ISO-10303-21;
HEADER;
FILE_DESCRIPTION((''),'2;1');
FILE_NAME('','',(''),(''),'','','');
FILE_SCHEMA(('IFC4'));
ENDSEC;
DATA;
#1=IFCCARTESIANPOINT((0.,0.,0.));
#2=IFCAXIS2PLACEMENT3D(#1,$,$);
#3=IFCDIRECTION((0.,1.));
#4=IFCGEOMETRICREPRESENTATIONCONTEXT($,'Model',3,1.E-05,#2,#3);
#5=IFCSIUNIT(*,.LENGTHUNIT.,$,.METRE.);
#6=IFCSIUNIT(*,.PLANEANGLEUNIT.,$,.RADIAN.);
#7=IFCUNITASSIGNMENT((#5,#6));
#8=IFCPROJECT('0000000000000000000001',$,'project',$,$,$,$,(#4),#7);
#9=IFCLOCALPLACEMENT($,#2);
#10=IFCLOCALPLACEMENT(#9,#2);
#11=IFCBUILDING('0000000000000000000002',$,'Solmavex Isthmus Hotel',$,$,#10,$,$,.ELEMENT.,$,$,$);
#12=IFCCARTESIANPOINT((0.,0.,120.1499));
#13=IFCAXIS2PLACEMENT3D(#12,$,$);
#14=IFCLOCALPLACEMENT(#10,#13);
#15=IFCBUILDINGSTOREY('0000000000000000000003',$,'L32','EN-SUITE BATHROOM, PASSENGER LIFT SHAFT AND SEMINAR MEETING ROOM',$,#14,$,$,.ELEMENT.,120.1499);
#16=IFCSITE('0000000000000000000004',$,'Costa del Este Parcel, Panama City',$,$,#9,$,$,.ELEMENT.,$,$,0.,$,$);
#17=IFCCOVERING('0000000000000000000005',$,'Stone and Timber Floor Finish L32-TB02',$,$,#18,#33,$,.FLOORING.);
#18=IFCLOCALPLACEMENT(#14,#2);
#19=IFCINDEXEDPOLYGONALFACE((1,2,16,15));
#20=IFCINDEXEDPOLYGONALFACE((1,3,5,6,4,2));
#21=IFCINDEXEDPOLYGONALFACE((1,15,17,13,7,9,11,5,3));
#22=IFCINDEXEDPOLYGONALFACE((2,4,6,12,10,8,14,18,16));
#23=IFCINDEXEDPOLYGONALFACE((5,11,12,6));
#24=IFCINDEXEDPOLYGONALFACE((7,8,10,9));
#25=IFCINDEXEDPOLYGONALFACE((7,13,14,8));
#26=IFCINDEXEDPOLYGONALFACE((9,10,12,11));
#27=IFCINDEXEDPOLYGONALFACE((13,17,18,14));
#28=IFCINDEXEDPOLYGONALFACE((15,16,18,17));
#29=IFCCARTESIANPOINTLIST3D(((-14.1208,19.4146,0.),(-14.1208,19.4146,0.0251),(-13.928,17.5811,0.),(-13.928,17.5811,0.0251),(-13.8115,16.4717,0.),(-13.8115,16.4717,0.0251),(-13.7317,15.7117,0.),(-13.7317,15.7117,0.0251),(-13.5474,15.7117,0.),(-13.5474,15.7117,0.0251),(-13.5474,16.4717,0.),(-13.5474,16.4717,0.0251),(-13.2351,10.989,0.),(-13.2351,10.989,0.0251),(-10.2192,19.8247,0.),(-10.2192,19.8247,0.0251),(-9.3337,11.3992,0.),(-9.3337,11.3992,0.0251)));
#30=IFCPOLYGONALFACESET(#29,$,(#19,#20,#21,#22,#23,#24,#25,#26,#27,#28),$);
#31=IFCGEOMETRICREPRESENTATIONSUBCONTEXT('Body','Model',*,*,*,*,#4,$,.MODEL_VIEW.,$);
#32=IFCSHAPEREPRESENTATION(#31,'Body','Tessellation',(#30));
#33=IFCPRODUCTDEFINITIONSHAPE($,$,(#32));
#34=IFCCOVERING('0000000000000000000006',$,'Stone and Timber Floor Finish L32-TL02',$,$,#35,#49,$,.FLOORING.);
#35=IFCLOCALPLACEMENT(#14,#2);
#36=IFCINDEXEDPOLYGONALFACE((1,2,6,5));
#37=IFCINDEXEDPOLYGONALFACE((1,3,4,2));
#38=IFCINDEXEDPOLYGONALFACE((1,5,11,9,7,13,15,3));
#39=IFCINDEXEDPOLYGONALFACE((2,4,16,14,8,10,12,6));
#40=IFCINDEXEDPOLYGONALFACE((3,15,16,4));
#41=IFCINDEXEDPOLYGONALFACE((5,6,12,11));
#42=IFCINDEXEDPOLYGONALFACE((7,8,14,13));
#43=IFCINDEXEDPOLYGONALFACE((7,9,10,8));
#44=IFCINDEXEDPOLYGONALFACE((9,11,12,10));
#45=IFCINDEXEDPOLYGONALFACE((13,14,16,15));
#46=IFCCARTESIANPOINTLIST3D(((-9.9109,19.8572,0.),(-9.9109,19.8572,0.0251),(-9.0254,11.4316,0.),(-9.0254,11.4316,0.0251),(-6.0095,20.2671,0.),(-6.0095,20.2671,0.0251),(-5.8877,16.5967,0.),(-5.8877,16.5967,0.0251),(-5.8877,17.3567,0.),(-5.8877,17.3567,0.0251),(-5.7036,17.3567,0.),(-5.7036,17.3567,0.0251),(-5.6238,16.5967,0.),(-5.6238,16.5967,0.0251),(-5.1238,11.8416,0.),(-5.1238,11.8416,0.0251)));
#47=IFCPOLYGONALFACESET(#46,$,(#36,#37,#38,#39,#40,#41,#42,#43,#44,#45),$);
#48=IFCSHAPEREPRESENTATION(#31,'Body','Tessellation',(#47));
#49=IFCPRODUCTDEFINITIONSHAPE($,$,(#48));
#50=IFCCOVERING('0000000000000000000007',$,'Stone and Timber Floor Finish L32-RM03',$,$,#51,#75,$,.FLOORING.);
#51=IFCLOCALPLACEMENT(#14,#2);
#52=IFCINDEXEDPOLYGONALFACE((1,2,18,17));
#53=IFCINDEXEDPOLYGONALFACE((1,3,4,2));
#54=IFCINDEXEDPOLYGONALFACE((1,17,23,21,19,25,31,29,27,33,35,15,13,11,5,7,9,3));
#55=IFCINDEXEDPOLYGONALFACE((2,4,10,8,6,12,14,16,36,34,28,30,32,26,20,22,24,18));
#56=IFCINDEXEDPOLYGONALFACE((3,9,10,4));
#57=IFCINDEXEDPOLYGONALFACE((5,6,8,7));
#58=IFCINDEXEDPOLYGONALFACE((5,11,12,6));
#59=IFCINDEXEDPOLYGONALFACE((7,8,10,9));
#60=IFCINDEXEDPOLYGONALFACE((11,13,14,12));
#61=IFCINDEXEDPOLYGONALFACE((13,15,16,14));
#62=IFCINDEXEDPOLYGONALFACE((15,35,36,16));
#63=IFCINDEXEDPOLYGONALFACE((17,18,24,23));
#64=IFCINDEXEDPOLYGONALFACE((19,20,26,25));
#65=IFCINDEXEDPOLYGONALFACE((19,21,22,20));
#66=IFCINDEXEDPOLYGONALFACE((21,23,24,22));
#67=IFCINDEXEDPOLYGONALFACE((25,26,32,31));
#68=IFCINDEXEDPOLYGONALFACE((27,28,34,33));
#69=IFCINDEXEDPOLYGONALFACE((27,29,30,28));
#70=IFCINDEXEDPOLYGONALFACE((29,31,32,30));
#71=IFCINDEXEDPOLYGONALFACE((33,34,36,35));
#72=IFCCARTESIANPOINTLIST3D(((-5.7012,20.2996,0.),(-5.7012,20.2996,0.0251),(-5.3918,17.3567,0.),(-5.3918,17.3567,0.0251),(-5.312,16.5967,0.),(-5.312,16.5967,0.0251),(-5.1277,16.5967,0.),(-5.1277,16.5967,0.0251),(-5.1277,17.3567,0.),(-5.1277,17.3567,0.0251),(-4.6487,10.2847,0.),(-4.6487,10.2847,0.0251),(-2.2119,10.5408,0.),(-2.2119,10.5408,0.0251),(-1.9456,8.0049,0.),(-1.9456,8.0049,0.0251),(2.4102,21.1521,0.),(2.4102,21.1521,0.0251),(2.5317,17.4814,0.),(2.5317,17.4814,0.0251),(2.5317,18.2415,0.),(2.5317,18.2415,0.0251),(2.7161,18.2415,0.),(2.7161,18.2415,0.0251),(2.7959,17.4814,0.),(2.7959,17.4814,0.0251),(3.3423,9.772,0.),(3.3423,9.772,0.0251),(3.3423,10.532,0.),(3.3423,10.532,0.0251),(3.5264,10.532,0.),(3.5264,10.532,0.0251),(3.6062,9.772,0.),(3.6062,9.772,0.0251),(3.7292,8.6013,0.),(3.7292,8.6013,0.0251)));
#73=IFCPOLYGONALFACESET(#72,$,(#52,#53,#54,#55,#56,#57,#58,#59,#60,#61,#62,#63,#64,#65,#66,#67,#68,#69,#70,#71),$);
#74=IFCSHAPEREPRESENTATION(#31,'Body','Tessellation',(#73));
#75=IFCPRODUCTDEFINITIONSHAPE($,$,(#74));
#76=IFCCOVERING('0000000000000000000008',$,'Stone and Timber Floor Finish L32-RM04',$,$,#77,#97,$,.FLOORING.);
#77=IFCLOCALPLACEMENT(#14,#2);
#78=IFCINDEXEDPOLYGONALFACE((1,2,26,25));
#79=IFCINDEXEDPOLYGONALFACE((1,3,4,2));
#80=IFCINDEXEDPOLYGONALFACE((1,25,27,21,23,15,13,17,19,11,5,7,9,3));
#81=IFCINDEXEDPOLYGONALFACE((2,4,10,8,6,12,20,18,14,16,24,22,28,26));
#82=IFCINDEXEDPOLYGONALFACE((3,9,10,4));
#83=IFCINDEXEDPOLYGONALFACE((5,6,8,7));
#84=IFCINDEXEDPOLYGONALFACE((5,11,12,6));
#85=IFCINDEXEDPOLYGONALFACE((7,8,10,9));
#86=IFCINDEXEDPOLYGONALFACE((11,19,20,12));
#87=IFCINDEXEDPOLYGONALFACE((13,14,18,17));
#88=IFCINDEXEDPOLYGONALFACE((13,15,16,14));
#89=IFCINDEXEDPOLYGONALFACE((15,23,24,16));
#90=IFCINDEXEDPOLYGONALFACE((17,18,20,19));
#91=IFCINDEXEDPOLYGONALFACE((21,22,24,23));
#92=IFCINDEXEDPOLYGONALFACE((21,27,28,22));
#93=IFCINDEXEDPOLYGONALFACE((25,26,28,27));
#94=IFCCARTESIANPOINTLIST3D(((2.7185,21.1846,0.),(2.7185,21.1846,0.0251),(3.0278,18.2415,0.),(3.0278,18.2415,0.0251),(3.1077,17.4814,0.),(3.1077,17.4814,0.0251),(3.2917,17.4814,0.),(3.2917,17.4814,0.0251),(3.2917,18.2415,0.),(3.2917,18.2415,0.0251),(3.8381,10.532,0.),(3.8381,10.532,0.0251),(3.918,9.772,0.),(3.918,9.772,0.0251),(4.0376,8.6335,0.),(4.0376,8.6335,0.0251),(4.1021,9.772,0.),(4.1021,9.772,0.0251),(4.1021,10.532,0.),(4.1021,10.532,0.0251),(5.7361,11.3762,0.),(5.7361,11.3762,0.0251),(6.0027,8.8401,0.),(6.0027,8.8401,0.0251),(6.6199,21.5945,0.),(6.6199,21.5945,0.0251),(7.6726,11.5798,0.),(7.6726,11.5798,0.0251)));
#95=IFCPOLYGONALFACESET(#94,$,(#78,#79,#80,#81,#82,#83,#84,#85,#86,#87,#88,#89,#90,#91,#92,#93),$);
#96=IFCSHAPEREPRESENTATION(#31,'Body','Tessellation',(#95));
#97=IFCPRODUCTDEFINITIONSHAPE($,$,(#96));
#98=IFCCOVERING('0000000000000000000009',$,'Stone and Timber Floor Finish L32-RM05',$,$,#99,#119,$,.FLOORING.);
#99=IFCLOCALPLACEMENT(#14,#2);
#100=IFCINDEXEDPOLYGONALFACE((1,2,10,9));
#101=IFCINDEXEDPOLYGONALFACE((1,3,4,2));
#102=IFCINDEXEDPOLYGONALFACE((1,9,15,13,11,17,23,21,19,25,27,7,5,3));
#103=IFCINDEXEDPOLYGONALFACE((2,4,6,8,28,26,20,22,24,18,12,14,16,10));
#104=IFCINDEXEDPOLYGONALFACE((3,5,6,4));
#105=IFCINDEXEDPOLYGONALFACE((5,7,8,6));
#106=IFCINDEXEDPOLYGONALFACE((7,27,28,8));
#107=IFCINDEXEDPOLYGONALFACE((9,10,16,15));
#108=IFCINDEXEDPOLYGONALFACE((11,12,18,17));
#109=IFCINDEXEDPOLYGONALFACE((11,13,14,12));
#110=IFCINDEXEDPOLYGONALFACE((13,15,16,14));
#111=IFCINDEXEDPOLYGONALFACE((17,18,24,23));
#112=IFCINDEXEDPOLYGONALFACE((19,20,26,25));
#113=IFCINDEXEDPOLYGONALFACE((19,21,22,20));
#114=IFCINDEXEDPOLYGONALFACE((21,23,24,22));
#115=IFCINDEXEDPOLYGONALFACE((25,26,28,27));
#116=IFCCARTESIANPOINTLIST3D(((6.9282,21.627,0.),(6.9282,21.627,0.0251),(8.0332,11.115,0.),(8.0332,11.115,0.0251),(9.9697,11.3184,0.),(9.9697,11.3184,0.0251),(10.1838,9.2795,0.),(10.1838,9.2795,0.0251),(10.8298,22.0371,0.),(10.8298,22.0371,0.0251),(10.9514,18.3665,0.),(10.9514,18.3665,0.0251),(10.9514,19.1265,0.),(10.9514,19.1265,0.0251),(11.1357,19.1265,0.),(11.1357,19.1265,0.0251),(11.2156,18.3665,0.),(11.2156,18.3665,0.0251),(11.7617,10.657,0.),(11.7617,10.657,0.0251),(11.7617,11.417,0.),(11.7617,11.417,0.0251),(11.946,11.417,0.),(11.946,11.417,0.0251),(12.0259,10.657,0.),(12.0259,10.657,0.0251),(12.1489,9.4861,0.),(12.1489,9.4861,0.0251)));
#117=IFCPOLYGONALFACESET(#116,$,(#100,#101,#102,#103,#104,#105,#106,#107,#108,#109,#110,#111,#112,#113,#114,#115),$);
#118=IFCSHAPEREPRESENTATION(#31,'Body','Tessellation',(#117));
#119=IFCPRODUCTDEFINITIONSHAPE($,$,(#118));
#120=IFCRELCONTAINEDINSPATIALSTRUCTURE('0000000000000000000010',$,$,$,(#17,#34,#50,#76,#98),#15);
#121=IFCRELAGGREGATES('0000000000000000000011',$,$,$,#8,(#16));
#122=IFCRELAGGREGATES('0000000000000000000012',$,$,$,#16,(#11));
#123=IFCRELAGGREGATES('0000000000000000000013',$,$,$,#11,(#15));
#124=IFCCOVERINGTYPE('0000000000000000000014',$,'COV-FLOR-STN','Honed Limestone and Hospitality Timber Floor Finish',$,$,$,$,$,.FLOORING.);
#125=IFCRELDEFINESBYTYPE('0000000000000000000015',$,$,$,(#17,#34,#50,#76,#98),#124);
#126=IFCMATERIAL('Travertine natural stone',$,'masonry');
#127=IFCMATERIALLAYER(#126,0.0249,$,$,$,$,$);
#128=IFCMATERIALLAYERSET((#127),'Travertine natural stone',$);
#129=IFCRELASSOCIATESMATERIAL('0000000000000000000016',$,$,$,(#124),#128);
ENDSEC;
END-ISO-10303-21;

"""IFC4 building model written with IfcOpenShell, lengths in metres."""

from ifc_helpers import new_model, si_unit, direction, frame, origin, place, context, subcontext, project, spatial, polyline, outline, extrude, material, layer, layer_set, type_object, element, save


model = new_model("IFC4")

# Units and contexts
model_context = context("Model", 3, precision=1e-05, world=origin(), true_north=direction((0.0, 1.0)))
body_context = subcontext(model_context, "Body", "Model", "MODEL_VIEW")
ifc_project = project(units=[si_unit("LENGTHUNIT", "METRE"), si_unit("PLANEANGLEUNIT", "RADIAN")], contexts=[model_context])

# Site, building, storey
site_placement = place(None, origin())
site = spatial("IfcSite", under=ifc_project, at=site_placement, Name="Costa del Este Parcel, Panama City", CompositionType="ELEMENT", RefElevation=0.0)
building_placement = place(site_placement, origin())
building = spatial("IfcBuilding", under=site, at=building_placement, Name="Solmavex Isthmus Hotel", CompositionType="ELEMENT")
storey_placement = place(building_placement, frame((0.0, 0.0, 120.1499)))
storey = spatial("IfcBuildingStorey", under=building, at=storey_placement, Name="L32", Description="EN-SUITE BATHROOM, PASSENGER LIFT SHAFT AND SEMINAR MEETING ROOM", CompositionType="ELEMENT", Elevation=120.1499)

# Coverings
ifc_material_1 = material(Name="Travertine natural stone", Category="masonry")
ifc_layer_1 = layer(ifc_material_1, 0.0249)
ifc_layer_set_1 = layer_set([ifc_layer_1], Name="Travertine natural stone")
covering_type_1 = type_object("IfcCoveringType", Name="COV-FLOR-STN", Description="Honed Limestone and Hospitality Timber Floor Finish", PredefinedType="FLOORING", material=ifc_layer_set_1)
covering_1_placement = place(storey_placement, origin())
element("IfcCovering", 1, at=covering_1_placement, inside=storey, type_object=covering_type_1, Name="Stone and Timber Floor Finish L32-TB02", PredefinedType="FLOORING", context=body_context, shape_type="SweptSolid", body=[
    extrude(outline(polyline([(-13.8115, 16.4717), (-13.5474, 16.4717), (-13.5474, 15.7117), (-13.7317, 15.7117), (-13.2351, 10.989), (-9.3337, 11.3992), (-10.2192, 19.8247), (-14.1208, 19.4146), (-13.928, 17.5811), (-13.8115, 16.4717)])), origin(), (0.0, 0.0, 1.0), 0.0251),
])
covering_2_placement = place(storey_placement, origin())
element("IfcCovering", 2, at=covering_2_placement, inside=storey, type_object=covering_type_1, Name="Stone and Timber Floor Finish L32-TL02", PredefinedType="FLOORING", context=body_context, shape_type="SweptSolid", body=[
    extrude(outline(polyline([(-5.6238, 16.5967), (-5.8877, 16.5967), (-5.8877, 17.3567), (-5.7036, 17.3567), (-6.0095, 20.2671), (-9.9109, 19.8572), (-9.0254, 11.4316), (-5.1238, 11.8416), (-5.6238, 16.5967)])), origin(), (0.0, 0.0, 1.0), 0.0251),
])
covering_3_placement = place(storey_placement, origin())
element("IfcCovering", 3, at=covering_3_placement, inside=storey, type_object=covering_type_1, Name="Stone and Timber Floor Finish L32-RM03", PredefinedType="FLOORING", context=body_context, shape_type="SweptSolid", body=[
    extrude(outline(polyline([(-5.3918, 17.3567), (-5.1277, 17.3567), (-5.1277, 16.5967), (-5.312, 16.5967), (-4.6487, 10.2847), (-2.2119, 10.5408), (-1.9456, 8.0049), (3.7292, 8.6013), (3.6062, 9.772), (3.3423, 9.772), (3.3423, 10.532), (3.5264, 10.532), (2.7959, 17.4814), (2.5317, 17.4814), (2.5317, 18.2415), (2.7161, 18.2415), (2.4102, 21.1521), (-5.7012, 20.2996), (-5.3918, 17.3567)])), origin(), (0.0, 0.0, 1.0), 0.0251),
])
covering_4_placement = place(storey_placement, origin())
element("IfcCovering", 4, at=covering_4_placement, inside=storey, type_object=covering_type_1, Name="Stone and Timber Floor Finish L32-RM04", PredefinedType="FLOORING", context=body_context, shape_type="SweptSolid", body=[
    extrude(outline(polyline([(3.8381, 10.532), (4.1021, 10.532), (4.1021, 9.772), (3.918, 9.772), (4.0376, 8.6335), (6.0027, 8.8401), (5.7361, 11.3762), (7.6726, 11.5798), (6.6199, 21.5945), (2.7185, 21.1846), (3.0278, 18.2415), (3.2917, 18.2415), (3.2917, 17.4814), (3.1077, 17.4814), (3.8381, 10.532)])), origin(), (0.0, 0.0, 1.0), 0.0251),
])
covering_5_placement = place(storey_placement, origin())
element("IfcCovering", 5, at=covering_5_placement, inside=storey, type_object=covering_type_1, Name="Stone and Timber Floor Finish L32-RM05", PredefinedType="FLOORING", context=body_context, shape_type="SweptSolid", body=[
    extrude(outline(polyline([(11.2156, 18.3665), (10.9514, 18.3665), (10.9514, 19.1265), (11.1357, 19.1265), (10.8298, 22.0371), (6.9282, 21.627), (8.0332, 11.115), (9.9697, 11.3184), (10.1838, 9.2795), (12.1489, 9.4861), (12.0259, 10.657), (11.7617, 10.657), (11.7617, 11.417), (11.946, 11.417), (11.2156, 18.3665)])), origin(), (0.0, 0.0, 1.0), 0.0251),
])

save(model, "model.ifc")
